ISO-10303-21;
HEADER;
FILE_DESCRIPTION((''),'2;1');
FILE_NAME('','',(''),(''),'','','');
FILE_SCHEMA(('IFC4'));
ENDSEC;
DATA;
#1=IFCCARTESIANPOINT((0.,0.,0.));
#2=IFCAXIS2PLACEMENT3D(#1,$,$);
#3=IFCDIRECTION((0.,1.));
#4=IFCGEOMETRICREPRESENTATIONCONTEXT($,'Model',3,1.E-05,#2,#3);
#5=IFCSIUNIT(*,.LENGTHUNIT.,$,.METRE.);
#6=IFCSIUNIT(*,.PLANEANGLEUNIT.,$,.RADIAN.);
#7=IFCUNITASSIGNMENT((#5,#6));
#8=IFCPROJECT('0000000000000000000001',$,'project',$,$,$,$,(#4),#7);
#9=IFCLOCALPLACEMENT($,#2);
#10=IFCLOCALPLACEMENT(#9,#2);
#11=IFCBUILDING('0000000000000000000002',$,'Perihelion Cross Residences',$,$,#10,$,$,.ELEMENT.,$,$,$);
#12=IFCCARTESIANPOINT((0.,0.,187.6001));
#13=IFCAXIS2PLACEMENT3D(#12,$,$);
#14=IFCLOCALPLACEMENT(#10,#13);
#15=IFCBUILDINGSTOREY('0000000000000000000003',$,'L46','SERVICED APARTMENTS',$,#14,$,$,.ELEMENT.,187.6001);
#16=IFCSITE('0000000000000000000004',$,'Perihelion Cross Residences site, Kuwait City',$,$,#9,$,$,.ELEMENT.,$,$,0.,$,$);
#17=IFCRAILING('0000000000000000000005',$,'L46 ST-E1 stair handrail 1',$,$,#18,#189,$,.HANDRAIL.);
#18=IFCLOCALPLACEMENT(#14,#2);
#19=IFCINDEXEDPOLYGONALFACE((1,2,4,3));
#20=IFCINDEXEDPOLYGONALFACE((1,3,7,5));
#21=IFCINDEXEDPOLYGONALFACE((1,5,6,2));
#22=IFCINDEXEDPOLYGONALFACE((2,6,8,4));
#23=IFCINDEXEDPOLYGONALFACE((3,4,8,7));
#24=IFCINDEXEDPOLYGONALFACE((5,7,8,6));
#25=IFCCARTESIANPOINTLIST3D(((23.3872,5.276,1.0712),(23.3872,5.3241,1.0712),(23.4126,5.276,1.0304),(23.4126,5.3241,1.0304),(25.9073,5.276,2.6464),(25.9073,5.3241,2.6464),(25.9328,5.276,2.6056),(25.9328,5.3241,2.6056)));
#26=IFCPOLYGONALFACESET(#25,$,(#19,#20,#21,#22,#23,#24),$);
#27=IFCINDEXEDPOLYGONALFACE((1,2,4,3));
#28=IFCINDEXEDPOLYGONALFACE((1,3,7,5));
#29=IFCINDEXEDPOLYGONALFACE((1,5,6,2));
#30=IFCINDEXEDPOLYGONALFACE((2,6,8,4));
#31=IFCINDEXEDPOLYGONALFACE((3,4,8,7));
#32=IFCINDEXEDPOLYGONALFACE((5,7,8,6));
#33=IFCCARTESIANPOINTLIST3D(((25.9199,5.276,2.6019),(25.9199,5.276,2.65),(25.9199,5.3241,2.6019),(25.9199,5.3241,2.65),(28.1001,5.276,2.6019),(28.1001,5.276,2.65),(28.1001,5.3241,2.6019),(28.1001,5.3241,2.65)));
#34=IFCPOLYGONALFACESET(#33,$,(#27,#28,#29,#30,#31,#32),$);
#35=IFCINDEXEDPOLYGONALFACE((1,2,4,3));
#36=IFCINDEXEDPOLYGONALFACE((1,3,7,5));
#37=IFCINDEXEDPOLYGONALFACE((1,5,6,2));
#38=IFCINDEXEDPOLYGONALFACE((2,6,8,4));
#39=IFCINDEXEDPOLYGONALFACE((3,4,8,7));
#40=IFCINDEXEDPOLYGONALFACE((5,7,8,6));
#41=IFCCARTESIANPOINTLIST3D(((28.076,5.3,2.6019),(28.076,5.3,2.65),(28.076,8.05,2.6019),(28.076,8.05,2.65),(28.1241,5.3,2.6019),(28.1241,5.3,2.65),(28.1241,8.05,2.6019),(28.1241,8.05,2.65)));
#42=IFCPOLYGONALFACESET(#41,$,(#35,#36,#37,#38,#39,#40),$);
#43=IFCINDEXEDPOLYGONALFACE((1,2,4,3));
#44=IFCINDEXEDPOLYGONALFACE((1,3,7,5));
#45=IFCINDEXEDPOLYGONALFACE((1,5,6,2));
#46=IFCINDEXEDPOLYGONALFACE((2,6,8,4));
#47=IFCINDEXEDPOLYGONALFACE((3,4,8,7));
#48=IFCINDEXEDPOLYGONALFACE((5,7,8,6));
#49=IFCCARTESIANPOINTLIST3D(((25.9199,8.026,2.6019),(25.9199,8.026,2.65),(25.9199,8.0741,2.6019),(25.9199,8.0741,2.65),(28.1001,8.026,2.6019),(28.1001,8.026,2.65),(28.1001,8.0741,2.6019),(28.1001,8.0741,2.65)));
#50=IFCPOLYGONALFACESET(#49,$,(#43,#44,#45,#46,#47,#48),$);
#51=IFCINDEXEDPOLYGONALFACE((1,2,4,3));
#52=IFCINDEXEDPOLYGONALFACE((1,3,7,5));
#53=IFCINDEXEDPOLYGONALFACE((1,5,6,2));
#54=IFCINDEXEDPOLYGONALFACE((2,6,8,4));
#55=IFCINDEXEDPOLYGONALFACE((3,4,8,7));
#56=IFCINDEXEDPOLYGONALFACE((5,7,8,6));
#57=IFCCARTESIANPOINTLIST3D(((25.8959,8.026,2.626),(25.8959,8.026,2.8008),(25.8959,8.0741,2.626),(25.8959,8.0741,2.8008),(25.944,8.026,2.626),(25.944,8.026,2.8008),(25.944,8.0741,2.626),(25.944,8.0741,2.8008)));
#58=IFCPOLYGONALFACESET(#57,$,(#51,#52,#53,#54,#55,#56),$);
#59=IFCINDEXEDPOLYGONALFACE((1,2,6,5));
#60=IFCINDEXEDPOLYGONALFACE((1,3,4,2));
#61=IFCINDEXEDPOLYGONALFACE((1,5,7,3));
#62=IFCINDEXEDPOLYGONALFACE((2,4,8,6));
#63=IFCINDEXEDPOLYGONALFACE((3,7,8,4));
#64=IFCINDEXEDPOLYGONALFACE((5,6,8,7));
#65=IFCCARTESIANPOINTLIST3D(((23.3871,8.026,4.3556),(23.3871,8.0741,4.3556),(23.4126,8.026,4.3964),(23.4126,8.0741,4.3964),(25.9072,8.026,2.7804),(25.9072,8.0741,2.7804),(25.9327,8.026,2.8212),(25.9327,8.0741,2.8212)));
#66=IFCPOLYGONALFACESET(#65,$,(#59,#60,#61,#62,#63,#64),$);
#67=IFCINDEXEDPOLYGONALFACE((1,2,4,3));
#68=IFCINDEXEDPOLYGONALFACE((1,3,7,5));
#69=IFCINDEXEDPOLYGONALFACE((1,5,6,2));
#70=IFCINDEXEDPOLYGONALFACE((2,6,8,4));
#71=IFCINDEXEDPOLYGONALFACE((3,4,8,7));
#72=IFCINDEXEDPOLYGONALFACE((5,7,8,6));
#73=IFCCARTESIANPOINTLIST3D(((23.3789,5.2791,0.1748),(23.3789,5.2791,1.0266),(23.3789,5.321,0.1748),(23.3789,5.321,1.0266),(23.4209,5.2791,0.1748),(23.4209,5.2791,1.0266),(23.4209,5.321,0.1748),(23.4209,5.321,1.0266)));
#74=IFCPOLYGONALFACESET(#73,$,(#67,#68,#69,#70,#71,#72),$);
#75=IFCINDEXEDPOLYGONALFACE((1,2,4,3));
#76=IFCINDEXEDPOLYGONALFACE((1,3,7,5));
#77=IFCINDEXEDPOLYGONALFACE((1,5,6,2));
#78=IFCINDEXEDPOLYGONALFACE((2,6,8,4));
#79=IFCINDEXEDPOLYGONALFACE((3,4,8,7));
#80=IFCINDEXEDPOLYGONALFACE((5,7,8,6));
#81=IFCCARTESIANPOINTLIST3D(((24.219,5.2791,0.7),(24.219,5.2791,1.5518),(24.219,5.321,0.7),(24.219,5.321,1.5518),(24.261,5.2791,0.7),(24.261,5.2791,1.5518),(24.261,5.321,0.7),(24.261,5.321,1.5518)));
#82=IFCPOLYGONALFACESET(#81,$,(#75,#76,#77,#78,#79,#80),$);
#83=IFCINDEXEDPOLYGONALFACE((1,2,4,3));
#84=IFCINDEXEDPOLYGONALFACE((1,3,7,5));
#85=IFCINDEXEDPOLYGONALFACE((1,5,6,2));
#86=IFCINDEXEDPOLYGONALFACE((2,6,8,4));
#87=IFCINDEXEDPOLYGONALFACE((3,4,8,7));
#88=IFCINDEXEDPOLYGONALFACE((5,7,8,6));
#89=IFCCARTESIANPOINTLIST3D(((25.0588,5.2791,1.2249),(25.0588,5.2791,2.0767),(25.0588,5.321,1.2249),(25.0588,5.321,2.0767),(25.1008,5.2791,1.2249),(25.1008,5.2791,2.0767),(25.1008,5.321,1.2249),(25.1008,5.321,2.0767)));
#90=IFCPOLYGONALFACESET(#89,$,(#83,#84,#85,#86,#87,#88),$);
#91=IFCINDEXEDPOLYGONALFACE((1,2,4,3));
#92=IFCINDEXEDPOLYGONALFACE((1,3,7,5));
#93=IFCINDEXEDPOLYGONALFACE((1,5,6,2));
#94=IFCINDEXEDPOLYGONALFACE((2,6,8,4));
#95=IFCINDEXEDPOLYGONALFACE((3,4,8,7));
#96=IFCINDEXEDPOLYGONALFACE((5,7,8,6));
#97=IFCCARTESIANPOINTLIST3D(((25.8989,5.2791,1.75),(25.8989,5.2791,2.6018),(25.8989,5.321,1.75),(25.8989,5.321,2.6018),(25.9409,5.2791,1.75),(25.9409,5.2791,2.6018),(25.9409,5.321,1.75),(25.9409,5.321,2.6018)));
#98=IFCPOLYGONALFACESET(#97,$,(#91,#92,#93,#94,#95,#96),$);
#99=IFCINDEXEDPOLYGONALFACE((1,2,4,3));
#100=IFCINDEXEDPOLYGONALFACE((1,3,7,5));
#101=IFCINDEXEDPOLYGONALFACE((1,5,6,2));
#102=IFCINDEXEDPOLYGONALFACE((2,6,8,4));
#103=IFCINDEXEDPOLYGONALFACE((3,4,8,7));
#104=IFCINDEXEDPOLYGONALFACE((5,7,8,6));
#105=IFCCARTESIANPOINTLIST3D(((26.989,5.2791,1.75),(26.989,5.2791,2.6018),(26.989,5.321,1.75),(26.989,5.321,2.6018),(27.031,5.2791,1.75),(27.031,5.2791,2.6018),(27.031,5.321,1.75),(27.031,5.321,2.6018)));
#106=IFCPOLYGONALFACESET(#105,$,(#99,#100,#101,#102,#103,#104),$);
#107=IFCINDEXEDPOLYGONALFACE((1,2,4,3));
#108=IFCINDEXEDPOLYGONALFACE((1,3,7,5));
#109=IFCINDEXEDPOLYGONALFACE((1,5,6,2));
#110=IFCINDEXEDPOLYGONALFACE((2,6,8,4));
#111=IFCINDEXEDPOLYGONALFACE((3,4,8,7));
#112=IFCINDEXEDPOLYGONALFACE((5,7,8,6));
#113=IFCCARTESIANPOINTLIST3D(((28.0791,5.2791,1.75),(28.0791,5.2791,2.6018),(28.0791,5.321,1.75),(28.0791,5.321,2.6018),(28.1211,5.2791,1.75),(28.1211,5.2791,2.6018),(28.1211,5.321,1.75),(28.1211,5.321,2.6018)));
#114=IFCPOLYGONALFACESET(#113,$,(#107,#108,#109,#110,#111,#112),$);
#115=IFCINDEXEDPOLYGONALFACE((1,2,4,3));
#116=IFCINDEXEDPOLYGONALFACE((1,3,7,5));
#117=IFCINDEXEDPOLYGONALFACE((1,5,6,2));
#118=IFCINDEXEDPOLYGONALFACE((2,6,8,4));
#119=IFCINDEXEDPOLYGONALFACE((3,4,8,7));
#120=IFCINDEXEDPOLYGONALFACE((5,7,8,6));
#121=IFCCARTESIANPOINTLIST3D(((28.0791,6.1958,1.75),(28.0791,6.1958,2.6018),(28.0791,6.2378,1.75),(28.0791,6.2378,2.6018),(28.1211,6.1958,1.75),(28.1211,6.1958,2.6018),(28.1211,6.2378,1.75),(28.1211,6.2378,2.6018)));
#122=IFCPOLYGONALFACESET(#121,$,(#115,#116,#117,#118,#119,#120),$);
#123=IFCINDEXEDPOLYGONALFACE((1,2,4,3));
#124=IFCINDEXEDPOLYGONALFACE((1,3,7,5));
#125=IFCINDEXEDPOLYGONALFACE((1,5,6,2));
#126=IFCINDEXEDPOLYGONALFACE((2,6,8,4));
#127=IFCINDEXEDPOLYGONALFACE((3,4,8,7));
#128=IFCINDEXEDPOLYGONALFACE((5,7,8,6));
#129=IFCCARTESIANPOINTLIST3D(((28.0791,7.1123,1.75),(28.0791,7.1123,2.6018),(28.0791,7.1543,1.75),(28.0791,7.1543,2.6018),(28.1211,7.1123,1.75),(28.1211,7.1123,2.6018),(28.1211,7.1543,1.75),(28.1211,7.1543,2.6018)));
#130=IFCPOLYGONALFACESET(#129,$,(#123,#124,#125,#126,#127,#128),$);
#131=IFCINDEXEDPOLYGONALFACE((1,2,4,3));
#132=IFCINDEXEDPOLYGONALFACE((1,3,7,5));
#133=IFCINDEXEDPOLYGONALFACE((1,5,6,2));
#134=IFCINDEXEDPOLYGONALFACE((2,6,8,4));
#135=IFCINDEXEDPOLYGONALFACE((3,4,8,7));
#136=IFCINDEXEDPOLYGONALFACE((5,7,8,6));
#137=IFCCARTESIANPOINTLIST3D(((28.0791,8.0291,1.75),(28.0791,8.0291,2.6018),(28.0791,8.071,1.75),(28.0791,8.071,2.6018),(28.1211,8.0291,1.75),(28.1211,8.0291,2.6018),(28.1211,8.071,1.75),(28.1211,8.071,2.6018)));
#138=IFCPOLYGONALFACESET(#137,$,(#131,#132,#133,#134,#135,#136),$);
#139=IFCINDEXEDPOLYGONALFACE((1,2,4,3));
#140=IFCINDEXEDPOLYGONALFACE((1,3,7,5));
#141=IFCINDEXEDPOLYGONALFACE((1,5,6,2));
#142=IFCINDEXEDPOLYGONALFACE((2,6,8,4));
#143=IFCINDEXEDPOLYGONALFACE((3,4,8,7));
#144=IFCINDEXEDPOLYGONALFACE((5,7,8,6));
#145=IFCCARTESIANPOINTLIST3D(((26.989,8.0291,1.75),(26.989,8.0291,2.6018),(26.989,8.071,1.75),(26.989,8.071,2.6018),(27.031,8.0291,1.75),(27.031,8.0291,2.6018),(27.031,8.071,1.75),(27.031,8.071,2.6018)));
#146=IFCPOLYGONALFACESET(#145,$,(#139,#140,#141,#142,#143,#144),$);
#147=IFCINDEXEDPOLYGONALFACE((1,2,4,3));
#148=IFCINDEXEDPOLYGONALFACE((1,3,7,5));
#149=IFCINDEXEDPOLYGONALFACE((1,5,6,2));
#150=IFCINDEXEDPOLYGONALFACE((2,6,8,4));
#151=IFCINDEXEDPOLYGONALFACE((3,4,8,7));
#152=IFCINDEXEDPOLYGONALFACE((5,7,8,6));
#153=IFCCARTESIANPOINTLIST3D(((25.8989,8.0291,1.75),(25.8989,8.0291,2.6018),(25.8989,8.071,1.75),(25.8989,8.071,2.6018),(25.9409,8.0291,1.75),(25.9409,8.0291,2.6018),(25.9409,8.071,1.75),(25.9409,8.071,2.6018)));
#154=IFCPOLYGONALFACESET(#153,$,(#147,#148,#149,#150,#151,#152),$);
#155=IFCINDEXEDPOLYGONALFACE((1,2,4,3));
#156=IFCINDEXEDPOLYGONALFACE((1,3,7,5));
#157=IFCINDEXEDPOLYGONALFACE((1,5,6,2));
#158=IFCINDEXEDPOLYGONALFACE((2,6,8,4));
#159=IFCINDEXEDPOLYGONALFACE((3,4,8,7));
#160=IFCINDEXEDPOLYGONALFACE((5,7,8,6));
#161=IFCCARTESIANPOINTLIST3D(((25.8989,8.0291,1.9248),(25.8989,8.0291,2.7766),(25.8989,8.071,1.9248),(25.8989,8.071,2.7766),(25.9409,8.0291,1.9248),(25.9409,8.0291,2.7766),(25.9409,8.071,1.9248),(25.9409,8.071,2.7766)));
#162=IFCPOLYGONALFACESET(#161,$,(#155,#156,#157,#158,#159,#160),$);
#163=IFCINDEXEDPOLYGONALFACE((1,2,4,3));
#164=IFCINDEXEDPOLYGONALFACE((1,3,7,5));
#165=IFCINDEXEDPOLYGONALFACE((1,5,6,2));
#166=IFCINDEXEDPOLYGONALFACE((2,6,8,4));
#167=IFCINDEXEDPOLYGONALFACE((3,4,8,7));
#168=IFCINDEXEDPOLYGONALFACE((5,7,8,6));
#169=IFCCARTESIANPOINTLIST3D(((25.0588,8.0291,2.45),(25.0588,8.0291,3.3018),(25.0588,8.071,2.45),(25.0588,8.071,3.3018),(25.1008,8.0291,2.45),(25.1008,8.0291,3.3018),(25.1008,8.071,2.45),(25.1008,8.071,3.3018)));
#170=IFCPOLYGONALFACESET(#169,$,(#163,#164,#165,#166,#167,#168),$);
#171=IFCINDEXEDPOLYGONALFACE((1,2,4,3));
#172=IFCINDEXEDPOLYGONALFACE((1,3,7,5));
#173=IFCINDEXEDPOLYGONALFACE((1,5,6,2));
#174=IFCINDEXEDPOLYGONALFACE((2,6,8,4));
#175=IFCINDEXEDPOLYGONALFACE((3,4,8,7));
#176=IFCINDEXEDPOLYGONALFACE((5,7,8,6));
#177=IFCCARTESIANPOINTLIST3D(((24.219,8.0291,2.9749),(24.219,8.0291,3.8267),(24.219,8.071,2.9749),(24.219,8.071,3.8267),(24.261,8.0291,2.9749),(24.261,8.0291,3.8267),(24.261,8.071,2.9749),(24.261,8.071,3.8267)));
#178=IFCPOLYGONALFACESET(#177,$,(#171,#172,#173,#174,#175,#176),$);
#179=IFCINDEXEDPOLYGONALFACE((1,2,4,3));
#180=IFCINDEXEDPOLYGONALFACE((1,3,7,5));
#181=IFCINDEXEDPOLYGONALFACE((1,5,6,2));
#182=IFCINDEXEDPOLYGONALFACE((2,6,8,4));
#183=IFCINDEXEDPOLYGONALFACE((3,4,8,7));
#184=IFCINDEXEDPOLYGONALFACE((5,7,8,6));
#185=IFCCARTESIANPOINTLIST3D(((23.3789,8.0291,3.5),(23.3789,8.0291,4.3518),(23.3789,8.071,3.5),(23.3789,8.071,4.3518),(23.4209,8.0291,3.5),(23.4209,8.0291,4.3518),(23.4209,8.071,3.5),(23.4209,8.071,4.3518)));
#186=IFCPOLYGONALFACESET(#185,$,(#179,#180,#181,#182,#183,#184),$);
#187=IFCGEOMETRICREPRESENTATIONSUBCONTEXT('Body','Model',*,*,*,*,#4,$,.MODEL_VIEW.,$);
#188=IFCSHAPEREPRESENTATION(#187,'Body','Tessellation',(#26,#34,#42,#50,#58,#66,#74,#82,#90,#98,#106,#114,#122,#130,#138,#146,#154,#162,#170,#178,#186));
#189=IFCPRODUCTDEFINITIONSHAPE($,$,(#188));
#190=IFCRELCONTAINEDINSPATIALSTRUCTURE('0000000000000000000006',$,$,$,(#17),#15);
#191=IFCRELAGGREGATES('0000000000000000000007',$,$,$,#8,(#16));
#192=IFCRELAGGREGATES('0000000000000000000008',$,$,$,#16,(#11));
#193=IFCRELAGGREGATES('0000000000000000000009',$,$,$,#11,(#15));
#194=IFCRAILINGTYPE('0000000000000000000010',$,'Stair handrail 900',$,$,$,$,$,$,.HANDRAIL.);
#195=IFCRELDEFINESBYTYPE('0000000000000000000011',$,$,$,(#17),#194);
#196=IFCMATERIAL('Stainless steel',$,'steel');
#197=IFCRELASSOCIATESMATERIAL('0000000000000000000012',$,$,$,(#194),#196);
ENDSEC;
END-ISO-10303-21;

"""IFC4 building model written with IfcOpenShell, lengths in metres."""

from ifc_helpers import new_model, si_unit, direction, frame, origin, origin_2d, place, context, subcontext, project, spatial, rectangle, extrude, material, type_object, element, save


model = new_model("IFC4")

# Units and contexts
model_context = context("Model", 3, precision=1e-05, world=origin(), true_north=direction((0.0, 1.0)))
body_context = subcontext(model_context, "Body", "Model", "MODEL_VIEW")
ifc_project = project(units=[si_unit("LENGTHUNIT", "METRE"), si_unit("PLANEANGLEUNIT", "RADIAN")], contexts=[model_context])

# Site, building, storey
site_placement = place(None, origin())
site = spatial("IfcSite", under=ifc_project, at=site_placement, Name="Perihelion Cross Residences site, Kuwait City", CompositionType="ELEMENT", RefElevation=0.0)
building_placement = place(site_placement, origin())
building = spatial("IfcBuilding", under=site, at=building_placement, Name="Perihelion Cross Residences", CompositionType="ELEMENT")
storey_placement = place(building_placement, frame((0.0, 0.0, 187.6001)))
storey = spatial("IfcBuildingStorey", under=building, at=storey_placement, Name="L46", Description="SERVICED APARTMENTS", CompositionType="ELEMENT", Elevation=187.6001)

# Railing
ifc_material_1 = material(Name="Stainless steel", Category="steel")
railing_type_1 = type_object("IfcRailingType", Name="Stair handrail 900", PredefinedType="HANDRAIL", material=ifc_material_1)
railing_1_placement = place(storey_placement, frame((23.3999, 5.3, 0.1748)))
element("IfcRailing", 1, at=railing_1_placement, inside=storey, type_object=railing_type_1, Name="L46 ST-E1 stair handrail 1", PredefinedType="HANDRAIL", context=body_context, shape_type="SweptSolid", body=[
    extrude(rectangle(XDim=0.0481, YDim=0.0481, at=origin_2d()), frame((0.0, 0.0, 0.876), z_axis=(0.847971, 0.0, 0.530043), x_axis=(0.0, 1.0, 0.0)), (0.0, 0.0, 1.0), 2.9719),
    extrude(rectangle(XDim=0.0481, YDim=0.0481, at=origin_2d()), frame((2.52, 0.0, 2.4512), z_axis=(1.0, 0.0, 0.0), x_axis=(0.0, 1.0, 0.0)), (0.0, 0.0, 1.0), 2.1802),
    extrude(rectangle(XDim=0.0481, YDim=0.0481, at=origin_2d()), frame((4.7002, 0.0, 2.4512), z_axis=(0.0, 1.0, 0.0), x_axis=(-1.0, 0.0, 0.0)), (0.0, 0.0, 1.0), 2.75),
    extrude(rectangle(XDim=0.0481, YDim=0.0481, at=origin_2d()), frame((4.7002, 2.75, 2.4512), z_axis=(-1.0, 0.0, 0.0), x_axis=(0.0, -1.0, 0.0)), (0.0, 0.0, 1.0), 2.1802),
    extrude(rectangle(XDim=0.0481, YDim=0.0481, at=origin_2d()), frame((2.52, 2.75, 2.4512), z_axis=(0.0, 0.0, 1.0), x_axis=(1.0, 0.0, 0.0)), (0.0, 0.0, 1.0), 0.1748),
    extrude(rectangle(XDim=0.0481, YDim=0.0481, at=origin_2d()), frame((2.52, 2.75, 2.626), z_axis=(-0.847971, 0.0, 0.530043), x_axis=(0.0, -1.0, 0.0)), (0.0, 0.0, 1.0), 2.9719),
    extrude(rectangle(XDim=0.042, YDim=0.042, at=origin_2d()), origin(), (0.0, 0.0, 1.0), 0.8518),
    extrude(rectangle(XDim=0.042, YDim=0.042, at=origin_2d()), frame((0.8401, 0.0, 0.5251)), (0.0, 0.0, 1.0), 0.8518),
    extrude(rectangle(XDim=0.042, YDim=0.042, at=origin_2d()), frame((1.6799, 0.0, 1.05)), (0.0, 0.0, 1.0), 0.8518),
    extrude(rectangle(XDim=0.042, YDim=0.042, at=origin_2d()), frame((2.52, 0.0, 1.5752)), (0.0, 0.0, 1.0), 0.8518),
    extrude(rectangle(XDim=0.042, YDim=0.042, at=origin_2d()), frame((3.6101, 0.0, 1.5752)), (0.0, 0.0, 1.0), 0.8518),
    extrude(rectangle(XDim=0.042, YDim=0.042, at=origin_2d()), frame((4.7002, 0.0, 1.5752)), (0.0, 0.0, 1.0), 0.8518),
    extrude(rectangle(XDim=0.042, YDim=0.042, at=origin_2d()), frame((4.7002, 0.9167, 1.5752)), (0.0, 0.0, 1.0), 0.8518),
    extrude(rectangle(XDim=0.042, YDim=0.042, at=origin_2d()), frame((4.7002, 1.8333, 1.5752)), (0.0, 0.0, 1.0), 0.8518),
    extrude(rectangle(XDim=0.042, YDim=0.042, at=origin_2d()), frame((4.7002, 2.75, 1.5752)), (0.0, 0.0, 1.0), 0.8518),
    extrude(rectangle(XDim=0.042, YDim=0.042, at=origin_2d()), frame((3.6101, 2.75, 1.5752)), (0.0, 0.0, 1.0), 0.8518),
    extrude(rectangle(XDim=0.042, YDim=0.042, at=origin_2d()), frame((2.52, 2.75, 1.5752)), (0.0, 0.0, 1.0), 0.8518),
    extrude(rectangle(XDim=0.042, YDim=0.042, at=origin_2d()), frame((2.52, 2.75, 1.75)), (0.0, 0.0, 1.0), 0.8518),
    extrude(rectangle(XDim=0.042, YDim=0.042, at=origin_2d()), frame((1.6799, 2.75, 2.2751)), (0.0, 0.0, 1.0), 0.8518),
    extrude(rectangle(XDim=0.042, YDim=0.042, at=origin_2d()), frame((0.8401, 2.75, 2.8)), (0.0, 0.0, 1.0), 0.8518),
    extrude(rectangle(XDim=0.042, YDim=0.042, at=origin_2d()), frame((0.0, 2.75, 3.3252)), (0.0, 0.0, 1.0), 0.8518),
])

save(model, "model.ifc")
